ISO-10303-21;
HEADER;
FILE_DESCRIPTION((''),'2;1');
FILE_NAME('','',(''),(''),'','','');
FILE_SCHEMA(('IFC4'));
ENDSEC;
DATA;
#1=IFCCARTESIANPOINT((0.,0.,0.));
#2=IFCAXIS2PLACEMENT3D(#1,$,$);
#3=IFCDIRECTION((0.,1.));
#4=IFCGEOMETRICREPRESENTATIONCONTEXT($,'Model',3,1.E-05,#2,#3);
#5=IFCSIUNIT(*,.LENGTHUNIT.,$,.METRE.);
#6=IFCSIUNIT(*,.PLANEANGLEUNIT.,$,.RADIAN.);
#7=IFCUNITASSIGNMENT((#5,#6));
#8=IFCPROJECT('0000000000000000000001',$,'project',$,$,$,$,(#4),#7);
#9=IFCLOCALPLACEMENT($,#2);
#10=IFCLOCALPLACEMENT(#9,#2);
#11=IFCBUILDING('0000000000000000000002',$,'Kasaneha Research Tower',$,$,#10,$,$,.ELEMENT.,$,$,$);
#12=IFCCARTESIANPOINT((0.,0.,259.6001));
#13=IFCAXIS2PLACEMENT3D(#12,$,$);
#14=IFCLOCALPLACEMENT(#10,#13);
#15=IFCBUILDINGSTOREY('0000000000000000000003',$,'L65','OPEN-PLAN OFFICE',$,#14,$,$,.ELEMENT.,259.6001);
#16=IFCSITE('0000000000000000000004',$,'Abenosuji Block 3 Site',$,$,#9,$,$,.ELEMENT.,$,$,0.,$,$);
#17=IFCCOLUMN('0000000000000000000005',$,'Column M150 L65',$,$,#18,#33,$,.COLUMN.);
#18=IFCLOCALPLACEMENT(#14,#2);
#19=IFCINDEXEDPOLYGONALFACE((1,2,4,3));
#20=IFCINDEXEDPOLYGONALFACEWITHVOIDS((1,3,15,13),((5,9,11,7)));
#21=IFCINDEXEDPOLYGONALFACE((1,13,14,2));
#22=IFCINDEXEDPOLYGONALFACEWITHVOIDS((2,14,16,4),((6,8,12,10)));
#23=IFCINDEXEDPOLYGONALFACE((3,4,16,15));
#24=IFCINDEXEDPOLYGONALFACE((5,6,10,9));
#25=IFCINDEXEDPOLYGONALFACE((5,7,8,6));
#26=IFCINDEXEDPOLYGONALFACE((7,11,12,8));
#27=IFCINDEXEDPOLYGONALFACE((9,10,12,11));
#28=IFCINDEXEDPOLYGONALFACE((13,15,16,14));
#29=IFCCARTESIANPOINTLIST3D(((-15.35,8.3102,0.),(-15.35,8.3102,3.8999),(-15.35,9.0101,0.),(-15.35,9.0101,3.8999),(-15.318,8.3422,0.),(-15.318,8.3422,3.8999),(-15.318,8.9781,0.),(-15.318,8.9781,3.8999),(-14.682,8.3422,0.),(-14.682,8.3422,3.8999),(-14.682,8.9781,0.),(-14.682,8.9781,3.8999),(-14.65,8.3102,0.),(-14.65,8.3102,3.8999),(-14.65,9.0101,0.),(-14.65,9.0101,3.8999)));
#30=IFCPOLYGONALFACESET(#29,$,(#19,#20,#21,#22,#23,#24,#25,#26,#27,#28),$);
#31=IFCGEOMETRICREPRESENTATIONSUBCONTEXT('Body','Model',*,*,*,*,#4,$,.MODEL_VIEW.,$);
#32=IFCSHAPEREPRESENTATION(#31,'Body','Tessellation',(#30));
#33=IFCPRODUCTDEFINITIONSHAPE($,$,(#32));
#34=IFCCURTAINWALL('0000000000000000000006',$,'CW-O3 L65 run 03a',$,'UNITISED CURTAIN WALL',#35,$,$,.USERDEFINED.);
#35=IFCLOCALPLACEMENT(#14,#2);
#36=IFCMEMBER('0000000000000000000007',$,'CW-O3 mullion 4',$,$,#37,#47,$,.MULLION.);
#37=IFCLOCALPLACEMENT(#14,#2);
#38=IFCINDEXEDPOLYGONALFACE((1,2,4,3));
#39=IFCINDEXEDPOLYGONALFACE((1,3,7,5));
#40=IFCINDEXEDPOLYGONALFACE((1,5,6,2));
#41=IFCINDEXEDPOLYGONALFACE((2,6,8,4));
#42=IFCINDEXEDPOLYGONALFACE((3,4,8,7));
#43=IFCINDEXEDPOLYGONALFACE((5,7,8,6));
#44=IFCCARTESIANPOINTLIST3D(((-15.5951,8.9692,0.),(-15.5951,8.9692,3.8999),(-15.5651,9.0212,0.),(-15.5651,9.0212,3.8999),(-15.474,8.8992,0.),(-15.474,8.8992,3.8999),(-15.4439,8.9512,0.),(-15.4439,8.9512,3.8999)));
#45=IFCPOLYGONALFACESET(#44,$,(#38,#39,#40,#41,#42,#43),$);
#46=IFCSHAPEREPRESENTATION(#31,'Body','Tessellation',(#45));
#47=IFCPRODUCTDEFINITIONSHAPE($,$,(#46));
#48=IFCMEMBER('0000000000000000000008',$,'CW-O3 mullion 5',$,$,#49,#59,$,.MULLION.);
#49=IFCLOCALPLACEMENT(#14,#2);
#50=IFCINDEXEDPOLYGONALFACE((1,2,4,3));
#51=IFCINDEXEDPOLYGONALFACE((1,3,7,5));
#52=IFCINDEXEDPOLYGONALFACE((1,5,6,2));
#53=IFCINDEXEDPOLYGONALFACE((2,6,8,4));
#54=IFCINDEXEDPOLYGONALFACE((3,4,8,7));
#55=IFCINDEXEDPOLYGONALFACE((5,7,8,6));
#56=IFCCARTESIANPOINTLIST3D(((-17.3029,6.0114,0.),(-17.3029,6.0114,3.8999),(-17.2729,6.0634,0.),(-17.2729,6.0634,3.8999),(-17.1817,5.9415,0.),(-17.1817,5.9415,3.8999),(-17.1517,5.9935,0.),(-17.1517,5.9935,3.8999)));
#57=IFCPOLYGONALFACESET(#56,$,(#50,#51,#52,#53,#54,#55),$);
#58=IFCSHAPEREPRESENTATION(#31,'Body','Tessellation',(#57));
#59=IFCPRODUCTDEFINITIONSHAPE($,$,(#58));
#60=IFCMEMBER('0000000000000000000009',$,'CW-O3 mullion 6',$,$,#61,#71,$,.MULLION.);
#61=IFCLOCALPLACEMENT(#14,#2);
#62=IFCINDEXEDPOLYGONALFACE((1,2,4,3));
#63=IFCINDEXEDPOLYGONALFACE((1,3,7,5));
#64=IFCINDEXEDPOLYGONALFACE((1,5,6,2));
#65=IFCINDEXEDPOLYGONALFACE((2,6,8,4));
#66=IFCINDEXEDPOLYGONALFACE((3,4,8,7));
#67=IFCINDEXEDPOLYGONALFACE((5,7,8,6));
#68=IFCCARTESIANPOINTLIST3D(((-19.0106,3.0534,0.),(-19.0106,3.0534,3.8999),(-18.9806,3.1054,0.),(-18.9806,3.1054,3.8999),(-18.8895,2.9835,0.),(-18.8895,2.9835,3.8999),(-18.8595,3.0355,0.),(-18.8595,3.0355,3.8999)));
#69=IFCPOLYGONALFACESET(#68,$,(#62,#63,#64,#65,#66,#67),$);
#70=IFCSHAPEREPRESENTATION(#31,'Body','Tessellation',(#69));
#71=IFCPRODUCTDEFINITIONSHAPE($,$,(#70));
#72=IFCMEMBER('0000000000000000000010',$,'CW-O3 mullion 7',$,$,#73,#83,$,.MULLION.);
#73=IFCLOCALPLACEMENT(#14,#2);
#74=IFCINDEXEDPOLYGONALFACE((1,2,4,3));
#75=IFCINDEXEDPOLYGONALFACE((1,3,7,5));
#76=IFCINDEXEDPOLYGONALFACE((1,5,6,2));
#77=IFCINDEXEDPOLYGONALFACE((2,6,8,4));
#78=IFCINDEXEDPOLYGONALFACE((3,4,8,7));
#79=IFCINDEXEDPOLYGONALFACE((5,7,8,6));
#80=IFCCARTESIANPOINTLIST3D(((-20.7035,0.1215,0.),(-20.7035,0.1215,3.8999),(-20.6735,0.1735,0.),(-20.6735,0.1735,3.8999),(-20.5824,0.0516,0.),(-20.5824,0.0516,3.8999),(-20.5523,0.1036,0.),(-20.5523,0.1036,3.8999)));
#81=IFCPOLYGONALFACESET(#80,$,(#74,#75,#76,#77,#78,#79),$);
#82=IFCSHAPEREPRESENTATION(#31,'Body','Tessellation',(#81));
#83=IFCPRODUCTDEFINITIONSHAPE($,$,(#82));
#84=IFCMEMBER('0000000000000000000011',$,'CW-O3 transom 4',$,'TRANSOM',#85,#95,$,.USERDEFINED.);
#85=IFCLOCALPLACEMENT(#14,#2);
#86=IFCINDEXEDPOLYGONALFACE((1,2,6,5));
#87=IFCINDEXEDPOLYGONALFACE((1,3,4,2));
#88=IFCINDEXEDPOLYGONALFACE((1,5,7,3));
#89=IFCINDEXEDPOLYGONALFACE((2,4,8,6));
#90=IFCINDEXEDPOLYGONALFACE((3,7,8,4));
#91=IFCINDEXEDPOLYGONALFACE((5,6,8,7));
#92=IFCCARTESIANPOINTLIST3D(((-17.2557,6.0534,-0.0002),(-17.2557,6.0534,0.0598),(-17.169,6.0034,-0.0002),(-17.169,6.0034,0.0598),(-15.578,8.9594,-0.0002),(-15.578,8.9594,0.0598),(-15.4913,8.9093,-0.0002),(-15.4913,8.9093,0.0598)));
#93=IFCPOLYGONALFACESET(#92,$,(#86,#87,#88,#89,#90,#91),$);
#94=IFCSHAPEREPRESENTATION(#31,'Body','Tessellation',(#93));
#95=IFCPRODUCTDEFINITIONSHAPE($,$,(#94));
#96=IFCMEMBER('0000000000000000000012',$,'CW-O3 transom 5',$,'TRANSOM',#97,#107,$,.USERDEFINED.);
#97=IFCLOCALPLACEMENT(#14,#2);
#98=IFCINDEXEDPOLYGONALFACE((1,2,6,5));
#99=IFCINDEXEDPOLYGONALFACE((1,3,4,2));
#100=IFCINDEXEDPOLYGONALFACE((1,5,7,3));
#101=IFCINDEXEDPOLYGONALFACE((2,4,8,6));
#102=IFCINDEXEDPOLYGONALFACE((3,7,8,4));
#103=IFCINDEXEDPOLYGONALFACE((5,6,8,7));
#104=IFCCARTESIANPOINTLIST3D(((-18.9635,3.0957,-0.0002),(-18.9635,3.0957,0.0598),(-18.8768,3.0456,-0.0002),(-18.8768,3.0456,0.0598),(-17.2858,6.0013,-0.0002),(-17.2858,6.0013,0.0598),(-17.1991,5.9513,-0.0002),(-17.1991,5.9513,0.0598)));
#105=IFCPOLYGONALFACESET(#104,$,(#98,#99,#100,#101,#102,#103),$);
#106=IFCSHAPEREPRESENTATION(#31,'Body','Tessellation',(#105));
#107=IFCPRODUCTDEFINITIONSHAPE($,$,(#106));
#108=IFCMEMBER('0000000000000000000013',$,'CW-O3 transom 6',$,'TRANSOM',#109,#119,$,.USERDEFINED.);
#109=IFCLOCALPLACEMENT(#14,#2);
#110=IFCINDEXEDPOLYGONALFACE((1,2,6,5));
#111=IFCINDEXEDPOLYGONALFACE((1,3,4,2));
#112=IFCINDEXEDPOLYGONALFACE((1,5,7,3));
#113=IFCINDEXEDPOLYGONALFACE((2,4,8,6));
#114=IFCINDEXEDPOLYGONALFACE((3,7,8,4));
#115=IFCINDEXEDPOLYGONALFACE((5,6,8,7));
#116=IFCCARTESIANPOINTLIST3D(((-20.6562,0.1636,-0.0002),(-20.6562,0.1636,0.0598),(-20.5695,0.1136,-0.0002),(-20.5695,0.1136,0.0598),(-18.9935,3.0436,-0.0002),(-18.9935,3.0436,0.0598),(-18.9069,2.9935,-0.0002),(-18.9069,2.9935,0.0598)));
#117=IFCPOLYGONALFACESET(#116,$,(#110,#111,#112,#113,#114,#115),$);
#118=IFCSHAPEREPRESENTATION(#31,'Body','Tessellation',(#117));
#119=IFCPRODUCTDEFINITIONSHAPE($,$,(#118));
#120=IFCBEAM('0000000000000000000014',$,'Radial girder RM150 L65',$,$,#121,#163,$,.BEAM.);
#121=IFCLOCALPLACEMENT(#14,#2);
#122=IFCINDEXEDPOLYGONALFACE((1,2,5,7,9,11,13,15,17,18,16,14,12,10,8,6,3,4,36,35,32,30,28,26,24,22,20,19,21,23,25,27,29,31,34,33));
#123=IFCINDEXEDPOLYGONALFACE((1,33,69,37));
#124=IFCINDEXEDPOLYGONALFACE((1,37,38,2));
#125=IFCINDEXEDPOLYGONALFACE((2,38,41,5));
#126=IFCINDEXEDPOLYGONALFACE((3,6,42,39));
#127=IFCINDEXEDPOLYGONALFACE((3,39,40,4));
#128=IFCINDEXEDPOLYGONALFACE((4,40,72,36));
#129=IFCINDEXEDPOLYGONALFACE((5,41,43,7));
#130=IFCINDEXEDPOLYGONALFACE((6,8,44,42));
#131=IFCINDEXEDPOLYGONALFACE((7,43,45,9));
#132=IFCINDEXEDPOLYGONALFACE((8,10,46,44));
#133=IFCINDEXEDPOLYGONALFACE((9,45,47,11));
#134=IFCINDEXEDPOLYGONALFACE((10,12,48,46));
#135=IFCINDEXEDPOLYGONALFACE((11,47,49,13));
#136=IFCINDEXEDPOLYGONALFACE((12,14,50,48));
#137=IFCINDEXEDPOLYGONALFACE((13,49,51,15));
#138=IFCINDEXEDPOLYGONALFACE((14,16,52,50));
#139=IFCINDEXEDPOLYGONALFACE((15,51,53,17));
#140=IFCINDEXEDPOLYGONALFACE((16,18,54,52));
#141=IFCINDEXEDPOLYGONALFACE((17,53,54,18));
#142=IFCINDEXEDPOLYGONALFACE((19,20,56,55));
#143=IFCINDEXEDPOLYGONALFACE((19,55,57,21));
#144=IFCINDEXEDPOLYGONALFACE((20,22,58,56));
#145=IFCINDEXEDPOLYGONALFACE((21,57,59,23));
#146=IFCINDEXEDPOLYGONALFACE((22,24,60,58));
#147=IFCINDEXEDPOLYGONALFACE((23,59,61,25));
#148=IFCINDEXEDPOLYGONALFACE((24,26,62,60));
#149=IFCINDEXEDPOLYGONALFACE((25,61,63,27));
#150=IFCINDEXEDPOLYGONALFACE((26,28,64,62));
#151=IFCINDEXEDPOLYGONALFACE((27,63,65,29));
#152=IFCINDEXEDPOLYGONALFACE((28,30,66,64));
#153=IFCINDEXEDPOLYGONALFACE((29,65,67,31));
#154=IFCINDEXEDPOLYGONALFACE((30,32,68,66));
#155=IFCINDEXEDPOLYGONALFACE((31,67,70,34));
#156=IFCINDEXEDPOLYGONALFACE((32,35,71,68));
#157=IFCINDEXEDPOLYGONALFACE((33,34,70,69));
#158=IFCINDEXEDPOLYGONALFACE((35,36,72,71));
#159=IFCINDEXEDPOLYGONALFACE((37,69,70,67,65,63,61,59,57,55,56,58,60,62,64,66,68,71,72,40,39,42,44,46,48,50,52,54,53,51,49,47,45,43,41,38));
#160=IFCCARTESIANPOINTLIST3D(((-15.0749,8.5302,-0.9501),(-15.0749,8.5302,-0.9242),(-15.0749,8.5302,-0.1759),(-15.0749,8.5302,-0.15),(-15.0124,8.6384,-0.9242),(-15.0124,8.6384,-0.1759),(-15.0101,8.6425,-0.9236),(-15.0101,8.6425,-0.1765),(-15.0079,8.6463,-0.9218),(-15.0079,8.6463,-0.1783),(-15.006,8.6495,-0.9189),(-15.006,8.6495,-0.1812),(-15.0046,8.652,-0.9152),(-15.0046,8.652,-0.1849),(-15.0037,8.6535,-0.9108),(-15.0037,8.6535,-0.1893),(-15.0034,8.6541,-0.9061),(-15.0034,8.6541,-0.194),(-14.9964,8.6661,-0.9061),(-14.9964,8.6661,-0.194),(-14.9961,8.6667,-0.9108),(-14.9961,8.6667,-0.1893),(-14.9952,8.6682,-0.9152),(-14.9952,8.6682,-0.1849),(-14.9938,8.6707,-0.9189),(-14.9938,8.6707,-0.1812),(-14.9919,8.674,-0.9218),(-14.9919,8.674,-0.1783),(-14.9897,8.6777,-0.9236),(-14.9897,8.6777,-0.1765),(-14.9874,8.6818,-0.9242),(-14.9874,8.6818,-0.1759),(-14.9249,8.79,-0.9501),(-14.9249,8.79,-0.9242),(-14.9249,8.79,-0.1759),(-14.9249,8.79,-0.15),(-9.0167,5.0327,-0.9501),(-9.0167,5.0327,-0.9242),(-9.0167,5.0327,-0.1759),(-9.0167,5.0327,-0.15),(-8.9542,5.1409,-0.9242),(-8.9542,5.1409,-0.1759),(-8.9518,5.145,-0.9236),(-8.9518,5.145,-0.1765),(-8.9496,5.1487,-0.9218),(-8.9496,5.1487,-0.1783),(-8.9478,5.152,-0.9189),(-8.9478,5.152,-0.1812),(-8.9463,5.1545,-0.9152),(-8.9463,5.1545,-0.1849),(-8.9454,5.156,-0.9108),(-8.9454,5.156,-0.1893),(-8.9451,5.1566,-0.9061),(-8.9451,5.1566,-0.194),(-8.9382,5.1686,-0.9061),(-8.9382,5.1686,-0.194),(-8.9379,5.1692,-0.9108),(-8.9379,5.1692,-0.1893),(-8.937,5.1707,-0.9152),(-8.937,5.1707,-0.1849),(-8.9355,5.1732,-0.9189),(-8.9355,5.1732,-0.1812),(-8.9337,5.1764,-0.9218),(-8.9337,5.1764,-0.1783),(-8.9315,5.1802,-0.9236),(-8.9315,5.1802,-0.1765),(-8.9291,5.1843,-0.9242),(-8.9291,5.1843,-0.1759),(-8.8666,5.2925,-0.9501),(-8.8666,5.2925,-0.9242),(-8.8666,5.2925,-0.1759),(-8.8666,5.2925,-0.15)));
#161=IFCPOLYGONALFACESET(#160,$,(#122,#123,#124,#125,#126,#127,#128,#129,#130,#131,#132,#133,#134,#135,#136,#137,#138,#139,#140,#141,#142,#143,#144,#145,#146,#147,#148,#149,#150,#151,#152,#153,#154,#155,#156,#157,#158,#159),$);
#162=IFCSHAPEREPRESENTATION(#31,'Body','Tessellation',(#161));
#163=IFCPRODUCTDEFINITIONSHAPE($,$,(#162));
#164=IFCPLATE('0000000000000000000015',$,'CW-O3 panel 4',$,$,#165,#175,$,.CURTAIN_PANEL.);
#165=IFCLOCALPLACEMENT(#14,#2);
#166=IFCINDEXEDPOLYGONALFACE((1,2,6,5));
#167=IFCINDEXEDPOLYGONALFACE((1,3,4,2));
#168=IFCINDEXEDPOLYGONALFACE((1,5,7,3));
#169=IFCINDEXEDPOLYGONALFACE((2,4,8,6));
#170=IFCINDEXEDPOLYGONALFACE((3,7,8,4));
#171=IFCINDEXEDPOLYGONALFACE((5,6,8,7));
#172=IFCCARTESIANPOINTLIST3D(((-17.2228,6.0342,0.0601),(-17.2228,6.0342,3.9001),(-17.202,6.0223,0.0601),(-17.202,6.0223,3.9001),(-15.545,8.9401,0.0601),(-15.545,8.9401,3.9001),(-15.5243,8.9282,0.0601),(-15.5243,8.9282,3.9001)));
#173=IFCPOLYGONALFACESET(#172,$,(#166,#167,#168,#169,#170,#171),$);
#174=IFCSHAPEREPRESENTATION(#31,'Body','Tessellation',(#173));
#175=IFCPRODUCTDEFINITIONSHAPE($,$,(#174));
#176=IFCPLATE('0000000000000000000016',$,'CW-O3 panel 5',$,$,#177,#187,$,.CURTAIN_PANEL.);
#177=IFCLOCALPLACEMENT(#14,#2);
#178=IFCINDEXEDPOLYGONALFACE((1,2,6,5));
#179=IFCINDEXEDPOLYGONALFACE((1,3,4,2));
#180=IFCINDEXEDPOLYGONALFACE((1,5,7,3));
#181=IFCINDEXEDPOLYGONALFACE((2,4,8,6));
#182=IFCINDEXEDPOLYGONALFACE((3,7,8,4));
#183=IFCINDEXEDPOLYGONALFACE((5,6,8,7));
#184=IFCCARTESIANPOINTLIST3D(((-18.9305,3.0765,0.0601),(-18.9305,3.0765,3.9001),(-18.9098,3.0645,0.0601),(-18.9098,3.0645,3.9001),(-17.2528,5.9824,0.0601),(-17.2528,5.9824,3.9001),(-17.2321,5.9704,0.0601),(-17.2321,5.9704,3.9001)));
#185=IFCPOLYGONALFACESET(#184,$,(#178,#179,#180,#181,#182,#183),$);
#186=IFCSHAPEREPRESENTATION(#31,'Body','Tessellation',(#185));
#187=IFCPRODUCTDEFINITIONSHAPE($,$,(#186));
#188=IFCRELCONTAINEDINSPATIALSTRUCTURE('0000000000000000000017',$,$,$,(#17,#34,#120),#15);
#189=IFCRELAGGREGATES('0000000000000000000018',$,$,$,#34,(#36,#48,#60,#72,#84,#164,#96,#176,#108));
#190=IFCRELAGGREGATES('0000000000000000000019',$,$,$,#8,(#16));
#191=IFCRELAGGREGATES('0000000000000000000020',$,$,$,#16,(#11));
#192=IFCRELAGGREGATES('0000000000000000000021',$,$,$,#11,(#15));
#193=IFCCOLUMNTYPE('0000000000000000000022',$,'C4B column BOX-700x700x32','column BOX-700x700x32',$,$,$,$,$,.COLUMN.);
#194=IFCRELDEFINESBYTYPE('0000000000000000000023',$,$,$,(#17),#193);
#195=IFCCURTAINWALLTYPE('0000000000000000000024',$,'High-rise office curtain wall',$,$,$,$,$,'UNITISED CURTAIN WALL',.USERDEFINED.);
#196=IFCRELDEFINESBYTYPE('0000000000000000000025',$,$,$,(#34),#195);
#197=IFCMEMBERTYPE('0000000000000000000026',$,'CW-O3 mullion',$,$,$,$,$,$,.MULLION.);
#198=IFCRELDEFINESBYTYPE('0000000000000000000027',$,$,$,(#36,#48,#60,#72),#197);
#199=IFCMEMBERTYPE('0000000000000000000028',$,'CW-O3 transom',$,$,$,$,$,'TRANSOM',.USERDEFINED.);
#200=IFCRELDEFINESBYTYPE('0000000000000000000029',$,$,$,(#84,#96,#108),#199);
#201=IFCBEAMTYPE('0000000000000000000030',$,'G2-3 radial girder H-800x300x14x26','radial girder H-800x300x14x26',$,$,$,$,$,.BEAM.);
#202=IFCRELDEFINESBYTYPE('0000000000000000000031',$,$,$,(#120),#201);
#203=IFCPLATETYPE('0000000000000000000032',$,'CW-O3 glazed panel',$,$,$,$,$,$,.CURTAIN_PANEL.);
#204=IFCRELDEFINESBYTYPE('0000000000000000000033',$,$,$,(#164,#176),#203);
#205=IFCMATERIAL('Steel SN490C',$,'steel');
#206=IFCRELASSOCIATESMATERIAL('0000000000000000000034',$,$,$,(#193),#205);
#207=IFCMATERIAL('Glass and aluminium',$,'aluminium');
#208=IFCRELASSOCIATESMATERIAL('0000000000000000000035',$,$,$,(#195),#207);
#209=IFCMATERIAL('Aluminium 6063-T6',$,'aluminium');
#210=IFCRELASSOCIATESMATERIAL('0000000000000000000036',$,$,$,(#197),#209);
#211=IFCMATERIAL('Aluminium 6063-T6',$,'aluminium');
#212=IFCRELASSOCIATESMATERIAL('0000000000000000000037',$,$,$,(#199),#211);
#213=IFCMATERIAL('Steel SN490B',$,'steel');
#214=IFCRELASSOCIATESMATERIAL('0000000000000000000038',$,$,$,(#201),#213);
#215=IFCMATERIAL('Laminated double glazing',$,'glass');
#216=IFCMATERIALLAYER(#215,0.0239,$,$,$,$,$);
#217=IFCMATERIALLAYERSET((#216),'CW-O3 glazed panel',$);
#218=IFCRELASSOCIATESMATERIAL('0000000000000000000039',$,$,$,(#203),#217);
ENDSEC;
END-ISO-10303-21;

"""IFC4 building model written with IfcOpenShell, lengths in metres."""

from ifc_helpers import new_model, si_unit, direction, frame, origin, origin_2d, place, context, subcontext, project, spatial, rectangle, hollow_rectangle, i_section, extrude, material, layer, layer_set, material_profile, profile_set, type_object, element, aggregate, save


model = new_model("IFC4")

# Units and contexts
model_context = context("Model", 3, precision=1e-05, world=origin(), true_north=direction((0.0, 1.0)))
body_context = subcontext(model_context, "Body", "Model", "MODEL_VIEW")
ifc_project = project(units=[si_unit("LENGTHUNIT", "METRE"), si_unit("PLANEANGLEUNIT", "RADIAN")], contexts=[model_context])

# Site, building, storey
site_placement = place(None, origin())
site = spatial("IfcSite", under=ifc_project, at=site_placement, Name="Abenosuji Block 3 Site", CompositionType="ELEMENT", RefElevation=0.0)
building_placement = place(site_placement, origin())
building = spatial("IfcBuilding", under=site, at=building_placement, Name="Kasaneha Research Tower", CompositionType="ELEMENT")
storey_placement = place(building_placement, frame((0.0, 0.0, 259.6001)))
storey = spatial("IfcBuildingStorey", under=building, at=storey_placement, Name="L65", Description="OPEN-PLAN OFFICE", CompositionType="ELEMENT", Elevation=259.6001)

# Column
ifc_material_1 = material(Name="Steel SN490C", Category="steel")
ifc_material_profile_1 = material_profile(ifc_material_1, hollow_rectangle(XDim=0.7, YDim=0.7, WallThickness=0.032, at=origin_2d()), Name="BOX-700x700x32")
ifc_profile_set_1 = profile_set([ifc_material_profile_1], Name="Steel SN490C")
column_type = type_object("IfcColumnType", Name="C4B column BOX-700x700x32", Description="column BOX-700x700x32", PredefinedType="COLUMN", material=ifc_profile_set_1)
column_placement = place(storey_placement, frame((-15.0, 8.6602, 0.0), z_axis=(0.0, 0.0, 1.0), x_axis=(1.0, 0.0, 0.0)))
element("IfcColumn", 1, at=column_placement, inside=storey, type_object=column_type, Name="Column M150 L65", PredefinedType="COLUMN", context=body_context, shape_type="SweptSolid", body=[
    extrude(hollow_rectangle(XDim=0.7, YDim=0.7, WallThickness=0.032, at=origin_2d()), origin(), (0.0, 0.0, 1.0), 3.8999),
])

# Curtain wall, members
ifc_material_2 = material(Name="Glass and aluminium", Category="aluminium")
curtain_wall_type = type_object("IfcCurtainWallType", Name="High-rise office curtain wall", ElementType="UNITISED CURTAIN WALL", PredefinedType="USERDEFINED", material=ifc_material_2)
curtain_wall_placement = place(storey_placement, origin())
curtain_wall = element("IfcCurtainWall", 2, at=curtain_wall_placement, inside=storey, type_object=curtain_wall_type, Name="CW-O3 L65 run 03a", ObjectType="UNITISED CURTAIN WALL", PredefinedType="USERDEFINED")
ifc_material_3 = material(Name="Aluminium 6063-T6", Category="aluminium")
ifc_material_profile_2 = material_profile(ifc_material_3, rectangle(XDim=0.0601, YDim=0.1399, at=origin_2d()), Name="CW-O3 mullion 60x140")
ifc_profile_set_2 = profile_set([ifc_material_profile_2], Name="Aluminium 6063-T6")
member_type_1 = type_object("IfcMemberType", Name="CW-O3 mullion", PredefinedType="MULLION", material=ifc_profile_set_2)
member_1_placement = place(storey_placement, frame((-15.5195, 8.9602, 0.0), z_axis=(0.0, 0.0, 1.0), x_axis=(-0.5, -0.866025, 0.0)))
member_1 = element("IfcMember", 3, at=member_1_placement, type_object=member_type_1, Name="CW-O3 mullion 4", PredefinedType="MULLION", context=body_context, shape_type="SweptSolid", body=[
    extrude(rectangle(XDim=0.0601, YDim=0.1399, at=origin_2d()), origin(), (0.0, 0.0, 1.0), 3.8999),
])
member_2_placement = place(storey_placement, frame((-17.2273, 6.0024, 0.0), z_axis=(0.0, 0.0, 1.0), x_axis=(-0.5, -0.866025, 0.0)))
member_2 = element("IfcMember", 4, at=member_2_placement, type_object=member_type_1, Name="CW-O3 mullion 5", PredefinedType="MULLION", context=body_context, shape_type="SweptSolid", body=[
    extrude(rectangle(XDim=0.0601, YDim=0.1399, at=origin_2d()), origin(), (0.0, 0.0, 1.0), 3.8999),
])
member_3_placement = place(storey_placement, frame((-18.9351, 3.0444, 0.0), z_axis=(0.0, 0.0, 1.0), x_axis=(-0.5, -0.866025, 0.0)))
member_3 = element("IfcMember", 5, at=member_3_placement, type_object=member_type_1, Name="CW-O3 mullion 6", PredefinedType="MULLION", context=body_context, shape_type="SweptSolid", body=[
    extrude(rectangle(XDim=0.0601, YDim=0.1399, at=origin_2d()), origin(), (0.0, 0.0, 1.0), 3.8999),
])
member_4_placement = place(storey_placement, frame((-20.6279, 0.1125, 0.0), z_axis=(0.0, 0.0, 1.0), x_axis=(-0.5, -0.866025, 0.0)))
member_4 = element("IfcMember", 6, at=member_4_placement, type_object=member_type_1, Name="CW-O3 mullion 7", PredefinedType="MULLION", context=body_context, shape_type="SweptSolid", body=[
    extrude(rectangle(XDim=0.0601, YDim=0.1399, at=origin_2d()), origin(), (0.0, 0.0, 1.0), 3.8999),
])
ifc_material_4 = material(Name="Aluminium 6063-T6", Category="aluminium")
ifc_material_profile_3 = material_profile(ifc_material_4, rectangle(XDim=0.1001, YDim=0.0601, at=origin_2d()), Name="CW-O3 transom 100x60")
ifc_profile_set_3 = profile_set([ifc_material_profile_3], Name="Aluminium 6063-T6")
member_type_2 = type_object("IfcMemberType", Name="CW-O3 transom", ElementType="TRANSOM", PredefinedType="USERDEFINED", material=ifc_profile_set_3)
member_5_placement = place(storey_placement, frame((-15.5347, 8.9343, 0.0298), z_axis=(-0.499989, -0.866032, 0.0), x_axis=(0.866032, -0.499989, 0.0)))
member_5 = element("IfcMember", 7, at=member_5_placement, type_object=member_type_2, Name="CW-O3 transom 4", ObjectType="TRANSOM", PredefinedType="USERDEFINED", context=body_context, shape_type="SweptSolid", body=[
    extrude(rectangle(XDim=0.1001, YDim=0.0601, at=origin_2d()), origin(), (0.0, 0.0, 1.0), 3.3555),
])
member_6_placement = place(storey_placement, frame((-17.2424, 5.9763, 0.0298), z_axis=(-0.500021, -0.866014, 0.0), x_axis=(0.866014, -0.500021, 0.0)))
member_6 = element("IfcMember", 8, at=member_6_placement, type_object=member_type_2, Name="CW-O3 transom 5", ObjectType="TRANSOM", PredefinedType="USERDEFINED", context=body_context, shape_type="SweptSolid", body=[
    extrude(rectangle(XDim=0.1001, YDim=0.0601, at=origin_2d()), origin(), (0.0, 0.0, 1.0), 3.3552),
])
member_7_placement = place(storey_placement, frame((-18.9502, 3.0186, 0.0298), z_axis=(-0.499977, -0.866039, 0.0), x_axis=(0.866039, -0.499977, 0.0)))
member_7 = element("IfcMember", 9, at=member_7_placement, type_object=member_type_2, Name="CW-O3 transom 6", ObjectType="TRANSOM", PredefinedType="USERDEFINED", context=body_context, shape_type="SweptSolid", body=[
    extrude(rectangle(XDim=0.1001, YDim=0.0601, at=origin_2d()), origin(), (0.0, 0.0, 1.0), 3.3254),
])

# Beam
ifc_material_5 = material(Name="Steel SN490B", Category="steel")
ifc_material_profile_4 = material_profile(ifc_material_5, i_section(OverallWidth=0.3, OverallDepth=0.8, WebThickness=0.0139, FlangeThickness=0.0259, FilletRadius=0.0181, at=origin_2d()), Name="H-800x300x14x26")
ifc_profile_set_4 = profile_set([ifc_material_profile_4], Name="Steel SN490B")
beam_type = type_object("IfcBeamType", Name="G2-3 radial girder H-800x300x14x26", Description="radial girder H-800x300x14x26", PredefinedType="BEAM", material=ifc_profile_set_4)
beam_placement = place(storey_placement, frame((-8.9417, 5.1626, -0.55), z_axis=(-0.86604, 0.499975, 0.0), x_axis=(-0.499975, -0.86604, 0.0)))
element("IfcBeam", 10, at=beam_placement, inside=storey, type_object=beam_type, Name="Radial girder RM150 L65", PredefinedType="BEAM", context=body_context, shape_type="SweptSolid", body=[
    extrude(i_section(OverallWidth=0.3, OverallDepth=0.8, WebThickness=0.0139, FlangeThickness=0.0259, FilletRadius=0.0181, at=origin_2d()), origin(), (0.0, 0.0, 1.0), 6.9954),
])

# Plates
ifc_material_6 = material(Name="Laminated double glazing", Category="glass")
ifc_layer_1 = layer(ifc_material_6, 0.0239)
ifc_layer_set_1 = layer_set([ifc_layer_1], Name="CW-O3 glazed panel")
plate_type = type_object("IfcPlateType", Name="CW-O3 glazed panel", PredefinedType="CURTAIN_PANEL", material=ifc_layer_set_1)
plate_1_placement = place(storey_placement, frame((-16.3735, 7.4812, 0.0601), z_axis=(0.0, 0.0, 1.0), x_axis=(-0.5, -0.866025, 0.0)))
plate_1 = element("IfcPlate", 11, at=plate_1_placement, type_object=plate_type, Name="CW-O3 panel 4", PredefinedType="CURTAIN_PANEL", context=body_context, shape_type="SweptSolid", body=[
    extrude(rectangle(XDim=3.3555, YDim=0.0239, at=origin_2d()), origin(), (0.0, 0.0, 1.0), 3.8401),
])
plate_2_placement = place(storey_placement, frame((-18.0813, 4.5234, 0.0601), z_axis=(0.0, 0.0, 1.0), x_axis=(-0.5, -0.866025, 0.0)))
plate_2 = element("IfcPlate", 12, at=plate_2_placement, type_object=plate_type, Name="CW-O3 panel 5", PredefinedType="CURTAIN_PANEL", context=body_context, shape_type="SweptSolid", body=[
    extrude(rectangle(XDim=3.3555, YDim=0.0239, at=origin_2d()), origin(), (0.0, 0.0, 1.0), 3.8401),
])
aggregate(curtain_wall, [member_1, member_2, member_3, member_4, member_5, plate_1, member_6, plate_2, member_7])

save(model, "model.ifc")
